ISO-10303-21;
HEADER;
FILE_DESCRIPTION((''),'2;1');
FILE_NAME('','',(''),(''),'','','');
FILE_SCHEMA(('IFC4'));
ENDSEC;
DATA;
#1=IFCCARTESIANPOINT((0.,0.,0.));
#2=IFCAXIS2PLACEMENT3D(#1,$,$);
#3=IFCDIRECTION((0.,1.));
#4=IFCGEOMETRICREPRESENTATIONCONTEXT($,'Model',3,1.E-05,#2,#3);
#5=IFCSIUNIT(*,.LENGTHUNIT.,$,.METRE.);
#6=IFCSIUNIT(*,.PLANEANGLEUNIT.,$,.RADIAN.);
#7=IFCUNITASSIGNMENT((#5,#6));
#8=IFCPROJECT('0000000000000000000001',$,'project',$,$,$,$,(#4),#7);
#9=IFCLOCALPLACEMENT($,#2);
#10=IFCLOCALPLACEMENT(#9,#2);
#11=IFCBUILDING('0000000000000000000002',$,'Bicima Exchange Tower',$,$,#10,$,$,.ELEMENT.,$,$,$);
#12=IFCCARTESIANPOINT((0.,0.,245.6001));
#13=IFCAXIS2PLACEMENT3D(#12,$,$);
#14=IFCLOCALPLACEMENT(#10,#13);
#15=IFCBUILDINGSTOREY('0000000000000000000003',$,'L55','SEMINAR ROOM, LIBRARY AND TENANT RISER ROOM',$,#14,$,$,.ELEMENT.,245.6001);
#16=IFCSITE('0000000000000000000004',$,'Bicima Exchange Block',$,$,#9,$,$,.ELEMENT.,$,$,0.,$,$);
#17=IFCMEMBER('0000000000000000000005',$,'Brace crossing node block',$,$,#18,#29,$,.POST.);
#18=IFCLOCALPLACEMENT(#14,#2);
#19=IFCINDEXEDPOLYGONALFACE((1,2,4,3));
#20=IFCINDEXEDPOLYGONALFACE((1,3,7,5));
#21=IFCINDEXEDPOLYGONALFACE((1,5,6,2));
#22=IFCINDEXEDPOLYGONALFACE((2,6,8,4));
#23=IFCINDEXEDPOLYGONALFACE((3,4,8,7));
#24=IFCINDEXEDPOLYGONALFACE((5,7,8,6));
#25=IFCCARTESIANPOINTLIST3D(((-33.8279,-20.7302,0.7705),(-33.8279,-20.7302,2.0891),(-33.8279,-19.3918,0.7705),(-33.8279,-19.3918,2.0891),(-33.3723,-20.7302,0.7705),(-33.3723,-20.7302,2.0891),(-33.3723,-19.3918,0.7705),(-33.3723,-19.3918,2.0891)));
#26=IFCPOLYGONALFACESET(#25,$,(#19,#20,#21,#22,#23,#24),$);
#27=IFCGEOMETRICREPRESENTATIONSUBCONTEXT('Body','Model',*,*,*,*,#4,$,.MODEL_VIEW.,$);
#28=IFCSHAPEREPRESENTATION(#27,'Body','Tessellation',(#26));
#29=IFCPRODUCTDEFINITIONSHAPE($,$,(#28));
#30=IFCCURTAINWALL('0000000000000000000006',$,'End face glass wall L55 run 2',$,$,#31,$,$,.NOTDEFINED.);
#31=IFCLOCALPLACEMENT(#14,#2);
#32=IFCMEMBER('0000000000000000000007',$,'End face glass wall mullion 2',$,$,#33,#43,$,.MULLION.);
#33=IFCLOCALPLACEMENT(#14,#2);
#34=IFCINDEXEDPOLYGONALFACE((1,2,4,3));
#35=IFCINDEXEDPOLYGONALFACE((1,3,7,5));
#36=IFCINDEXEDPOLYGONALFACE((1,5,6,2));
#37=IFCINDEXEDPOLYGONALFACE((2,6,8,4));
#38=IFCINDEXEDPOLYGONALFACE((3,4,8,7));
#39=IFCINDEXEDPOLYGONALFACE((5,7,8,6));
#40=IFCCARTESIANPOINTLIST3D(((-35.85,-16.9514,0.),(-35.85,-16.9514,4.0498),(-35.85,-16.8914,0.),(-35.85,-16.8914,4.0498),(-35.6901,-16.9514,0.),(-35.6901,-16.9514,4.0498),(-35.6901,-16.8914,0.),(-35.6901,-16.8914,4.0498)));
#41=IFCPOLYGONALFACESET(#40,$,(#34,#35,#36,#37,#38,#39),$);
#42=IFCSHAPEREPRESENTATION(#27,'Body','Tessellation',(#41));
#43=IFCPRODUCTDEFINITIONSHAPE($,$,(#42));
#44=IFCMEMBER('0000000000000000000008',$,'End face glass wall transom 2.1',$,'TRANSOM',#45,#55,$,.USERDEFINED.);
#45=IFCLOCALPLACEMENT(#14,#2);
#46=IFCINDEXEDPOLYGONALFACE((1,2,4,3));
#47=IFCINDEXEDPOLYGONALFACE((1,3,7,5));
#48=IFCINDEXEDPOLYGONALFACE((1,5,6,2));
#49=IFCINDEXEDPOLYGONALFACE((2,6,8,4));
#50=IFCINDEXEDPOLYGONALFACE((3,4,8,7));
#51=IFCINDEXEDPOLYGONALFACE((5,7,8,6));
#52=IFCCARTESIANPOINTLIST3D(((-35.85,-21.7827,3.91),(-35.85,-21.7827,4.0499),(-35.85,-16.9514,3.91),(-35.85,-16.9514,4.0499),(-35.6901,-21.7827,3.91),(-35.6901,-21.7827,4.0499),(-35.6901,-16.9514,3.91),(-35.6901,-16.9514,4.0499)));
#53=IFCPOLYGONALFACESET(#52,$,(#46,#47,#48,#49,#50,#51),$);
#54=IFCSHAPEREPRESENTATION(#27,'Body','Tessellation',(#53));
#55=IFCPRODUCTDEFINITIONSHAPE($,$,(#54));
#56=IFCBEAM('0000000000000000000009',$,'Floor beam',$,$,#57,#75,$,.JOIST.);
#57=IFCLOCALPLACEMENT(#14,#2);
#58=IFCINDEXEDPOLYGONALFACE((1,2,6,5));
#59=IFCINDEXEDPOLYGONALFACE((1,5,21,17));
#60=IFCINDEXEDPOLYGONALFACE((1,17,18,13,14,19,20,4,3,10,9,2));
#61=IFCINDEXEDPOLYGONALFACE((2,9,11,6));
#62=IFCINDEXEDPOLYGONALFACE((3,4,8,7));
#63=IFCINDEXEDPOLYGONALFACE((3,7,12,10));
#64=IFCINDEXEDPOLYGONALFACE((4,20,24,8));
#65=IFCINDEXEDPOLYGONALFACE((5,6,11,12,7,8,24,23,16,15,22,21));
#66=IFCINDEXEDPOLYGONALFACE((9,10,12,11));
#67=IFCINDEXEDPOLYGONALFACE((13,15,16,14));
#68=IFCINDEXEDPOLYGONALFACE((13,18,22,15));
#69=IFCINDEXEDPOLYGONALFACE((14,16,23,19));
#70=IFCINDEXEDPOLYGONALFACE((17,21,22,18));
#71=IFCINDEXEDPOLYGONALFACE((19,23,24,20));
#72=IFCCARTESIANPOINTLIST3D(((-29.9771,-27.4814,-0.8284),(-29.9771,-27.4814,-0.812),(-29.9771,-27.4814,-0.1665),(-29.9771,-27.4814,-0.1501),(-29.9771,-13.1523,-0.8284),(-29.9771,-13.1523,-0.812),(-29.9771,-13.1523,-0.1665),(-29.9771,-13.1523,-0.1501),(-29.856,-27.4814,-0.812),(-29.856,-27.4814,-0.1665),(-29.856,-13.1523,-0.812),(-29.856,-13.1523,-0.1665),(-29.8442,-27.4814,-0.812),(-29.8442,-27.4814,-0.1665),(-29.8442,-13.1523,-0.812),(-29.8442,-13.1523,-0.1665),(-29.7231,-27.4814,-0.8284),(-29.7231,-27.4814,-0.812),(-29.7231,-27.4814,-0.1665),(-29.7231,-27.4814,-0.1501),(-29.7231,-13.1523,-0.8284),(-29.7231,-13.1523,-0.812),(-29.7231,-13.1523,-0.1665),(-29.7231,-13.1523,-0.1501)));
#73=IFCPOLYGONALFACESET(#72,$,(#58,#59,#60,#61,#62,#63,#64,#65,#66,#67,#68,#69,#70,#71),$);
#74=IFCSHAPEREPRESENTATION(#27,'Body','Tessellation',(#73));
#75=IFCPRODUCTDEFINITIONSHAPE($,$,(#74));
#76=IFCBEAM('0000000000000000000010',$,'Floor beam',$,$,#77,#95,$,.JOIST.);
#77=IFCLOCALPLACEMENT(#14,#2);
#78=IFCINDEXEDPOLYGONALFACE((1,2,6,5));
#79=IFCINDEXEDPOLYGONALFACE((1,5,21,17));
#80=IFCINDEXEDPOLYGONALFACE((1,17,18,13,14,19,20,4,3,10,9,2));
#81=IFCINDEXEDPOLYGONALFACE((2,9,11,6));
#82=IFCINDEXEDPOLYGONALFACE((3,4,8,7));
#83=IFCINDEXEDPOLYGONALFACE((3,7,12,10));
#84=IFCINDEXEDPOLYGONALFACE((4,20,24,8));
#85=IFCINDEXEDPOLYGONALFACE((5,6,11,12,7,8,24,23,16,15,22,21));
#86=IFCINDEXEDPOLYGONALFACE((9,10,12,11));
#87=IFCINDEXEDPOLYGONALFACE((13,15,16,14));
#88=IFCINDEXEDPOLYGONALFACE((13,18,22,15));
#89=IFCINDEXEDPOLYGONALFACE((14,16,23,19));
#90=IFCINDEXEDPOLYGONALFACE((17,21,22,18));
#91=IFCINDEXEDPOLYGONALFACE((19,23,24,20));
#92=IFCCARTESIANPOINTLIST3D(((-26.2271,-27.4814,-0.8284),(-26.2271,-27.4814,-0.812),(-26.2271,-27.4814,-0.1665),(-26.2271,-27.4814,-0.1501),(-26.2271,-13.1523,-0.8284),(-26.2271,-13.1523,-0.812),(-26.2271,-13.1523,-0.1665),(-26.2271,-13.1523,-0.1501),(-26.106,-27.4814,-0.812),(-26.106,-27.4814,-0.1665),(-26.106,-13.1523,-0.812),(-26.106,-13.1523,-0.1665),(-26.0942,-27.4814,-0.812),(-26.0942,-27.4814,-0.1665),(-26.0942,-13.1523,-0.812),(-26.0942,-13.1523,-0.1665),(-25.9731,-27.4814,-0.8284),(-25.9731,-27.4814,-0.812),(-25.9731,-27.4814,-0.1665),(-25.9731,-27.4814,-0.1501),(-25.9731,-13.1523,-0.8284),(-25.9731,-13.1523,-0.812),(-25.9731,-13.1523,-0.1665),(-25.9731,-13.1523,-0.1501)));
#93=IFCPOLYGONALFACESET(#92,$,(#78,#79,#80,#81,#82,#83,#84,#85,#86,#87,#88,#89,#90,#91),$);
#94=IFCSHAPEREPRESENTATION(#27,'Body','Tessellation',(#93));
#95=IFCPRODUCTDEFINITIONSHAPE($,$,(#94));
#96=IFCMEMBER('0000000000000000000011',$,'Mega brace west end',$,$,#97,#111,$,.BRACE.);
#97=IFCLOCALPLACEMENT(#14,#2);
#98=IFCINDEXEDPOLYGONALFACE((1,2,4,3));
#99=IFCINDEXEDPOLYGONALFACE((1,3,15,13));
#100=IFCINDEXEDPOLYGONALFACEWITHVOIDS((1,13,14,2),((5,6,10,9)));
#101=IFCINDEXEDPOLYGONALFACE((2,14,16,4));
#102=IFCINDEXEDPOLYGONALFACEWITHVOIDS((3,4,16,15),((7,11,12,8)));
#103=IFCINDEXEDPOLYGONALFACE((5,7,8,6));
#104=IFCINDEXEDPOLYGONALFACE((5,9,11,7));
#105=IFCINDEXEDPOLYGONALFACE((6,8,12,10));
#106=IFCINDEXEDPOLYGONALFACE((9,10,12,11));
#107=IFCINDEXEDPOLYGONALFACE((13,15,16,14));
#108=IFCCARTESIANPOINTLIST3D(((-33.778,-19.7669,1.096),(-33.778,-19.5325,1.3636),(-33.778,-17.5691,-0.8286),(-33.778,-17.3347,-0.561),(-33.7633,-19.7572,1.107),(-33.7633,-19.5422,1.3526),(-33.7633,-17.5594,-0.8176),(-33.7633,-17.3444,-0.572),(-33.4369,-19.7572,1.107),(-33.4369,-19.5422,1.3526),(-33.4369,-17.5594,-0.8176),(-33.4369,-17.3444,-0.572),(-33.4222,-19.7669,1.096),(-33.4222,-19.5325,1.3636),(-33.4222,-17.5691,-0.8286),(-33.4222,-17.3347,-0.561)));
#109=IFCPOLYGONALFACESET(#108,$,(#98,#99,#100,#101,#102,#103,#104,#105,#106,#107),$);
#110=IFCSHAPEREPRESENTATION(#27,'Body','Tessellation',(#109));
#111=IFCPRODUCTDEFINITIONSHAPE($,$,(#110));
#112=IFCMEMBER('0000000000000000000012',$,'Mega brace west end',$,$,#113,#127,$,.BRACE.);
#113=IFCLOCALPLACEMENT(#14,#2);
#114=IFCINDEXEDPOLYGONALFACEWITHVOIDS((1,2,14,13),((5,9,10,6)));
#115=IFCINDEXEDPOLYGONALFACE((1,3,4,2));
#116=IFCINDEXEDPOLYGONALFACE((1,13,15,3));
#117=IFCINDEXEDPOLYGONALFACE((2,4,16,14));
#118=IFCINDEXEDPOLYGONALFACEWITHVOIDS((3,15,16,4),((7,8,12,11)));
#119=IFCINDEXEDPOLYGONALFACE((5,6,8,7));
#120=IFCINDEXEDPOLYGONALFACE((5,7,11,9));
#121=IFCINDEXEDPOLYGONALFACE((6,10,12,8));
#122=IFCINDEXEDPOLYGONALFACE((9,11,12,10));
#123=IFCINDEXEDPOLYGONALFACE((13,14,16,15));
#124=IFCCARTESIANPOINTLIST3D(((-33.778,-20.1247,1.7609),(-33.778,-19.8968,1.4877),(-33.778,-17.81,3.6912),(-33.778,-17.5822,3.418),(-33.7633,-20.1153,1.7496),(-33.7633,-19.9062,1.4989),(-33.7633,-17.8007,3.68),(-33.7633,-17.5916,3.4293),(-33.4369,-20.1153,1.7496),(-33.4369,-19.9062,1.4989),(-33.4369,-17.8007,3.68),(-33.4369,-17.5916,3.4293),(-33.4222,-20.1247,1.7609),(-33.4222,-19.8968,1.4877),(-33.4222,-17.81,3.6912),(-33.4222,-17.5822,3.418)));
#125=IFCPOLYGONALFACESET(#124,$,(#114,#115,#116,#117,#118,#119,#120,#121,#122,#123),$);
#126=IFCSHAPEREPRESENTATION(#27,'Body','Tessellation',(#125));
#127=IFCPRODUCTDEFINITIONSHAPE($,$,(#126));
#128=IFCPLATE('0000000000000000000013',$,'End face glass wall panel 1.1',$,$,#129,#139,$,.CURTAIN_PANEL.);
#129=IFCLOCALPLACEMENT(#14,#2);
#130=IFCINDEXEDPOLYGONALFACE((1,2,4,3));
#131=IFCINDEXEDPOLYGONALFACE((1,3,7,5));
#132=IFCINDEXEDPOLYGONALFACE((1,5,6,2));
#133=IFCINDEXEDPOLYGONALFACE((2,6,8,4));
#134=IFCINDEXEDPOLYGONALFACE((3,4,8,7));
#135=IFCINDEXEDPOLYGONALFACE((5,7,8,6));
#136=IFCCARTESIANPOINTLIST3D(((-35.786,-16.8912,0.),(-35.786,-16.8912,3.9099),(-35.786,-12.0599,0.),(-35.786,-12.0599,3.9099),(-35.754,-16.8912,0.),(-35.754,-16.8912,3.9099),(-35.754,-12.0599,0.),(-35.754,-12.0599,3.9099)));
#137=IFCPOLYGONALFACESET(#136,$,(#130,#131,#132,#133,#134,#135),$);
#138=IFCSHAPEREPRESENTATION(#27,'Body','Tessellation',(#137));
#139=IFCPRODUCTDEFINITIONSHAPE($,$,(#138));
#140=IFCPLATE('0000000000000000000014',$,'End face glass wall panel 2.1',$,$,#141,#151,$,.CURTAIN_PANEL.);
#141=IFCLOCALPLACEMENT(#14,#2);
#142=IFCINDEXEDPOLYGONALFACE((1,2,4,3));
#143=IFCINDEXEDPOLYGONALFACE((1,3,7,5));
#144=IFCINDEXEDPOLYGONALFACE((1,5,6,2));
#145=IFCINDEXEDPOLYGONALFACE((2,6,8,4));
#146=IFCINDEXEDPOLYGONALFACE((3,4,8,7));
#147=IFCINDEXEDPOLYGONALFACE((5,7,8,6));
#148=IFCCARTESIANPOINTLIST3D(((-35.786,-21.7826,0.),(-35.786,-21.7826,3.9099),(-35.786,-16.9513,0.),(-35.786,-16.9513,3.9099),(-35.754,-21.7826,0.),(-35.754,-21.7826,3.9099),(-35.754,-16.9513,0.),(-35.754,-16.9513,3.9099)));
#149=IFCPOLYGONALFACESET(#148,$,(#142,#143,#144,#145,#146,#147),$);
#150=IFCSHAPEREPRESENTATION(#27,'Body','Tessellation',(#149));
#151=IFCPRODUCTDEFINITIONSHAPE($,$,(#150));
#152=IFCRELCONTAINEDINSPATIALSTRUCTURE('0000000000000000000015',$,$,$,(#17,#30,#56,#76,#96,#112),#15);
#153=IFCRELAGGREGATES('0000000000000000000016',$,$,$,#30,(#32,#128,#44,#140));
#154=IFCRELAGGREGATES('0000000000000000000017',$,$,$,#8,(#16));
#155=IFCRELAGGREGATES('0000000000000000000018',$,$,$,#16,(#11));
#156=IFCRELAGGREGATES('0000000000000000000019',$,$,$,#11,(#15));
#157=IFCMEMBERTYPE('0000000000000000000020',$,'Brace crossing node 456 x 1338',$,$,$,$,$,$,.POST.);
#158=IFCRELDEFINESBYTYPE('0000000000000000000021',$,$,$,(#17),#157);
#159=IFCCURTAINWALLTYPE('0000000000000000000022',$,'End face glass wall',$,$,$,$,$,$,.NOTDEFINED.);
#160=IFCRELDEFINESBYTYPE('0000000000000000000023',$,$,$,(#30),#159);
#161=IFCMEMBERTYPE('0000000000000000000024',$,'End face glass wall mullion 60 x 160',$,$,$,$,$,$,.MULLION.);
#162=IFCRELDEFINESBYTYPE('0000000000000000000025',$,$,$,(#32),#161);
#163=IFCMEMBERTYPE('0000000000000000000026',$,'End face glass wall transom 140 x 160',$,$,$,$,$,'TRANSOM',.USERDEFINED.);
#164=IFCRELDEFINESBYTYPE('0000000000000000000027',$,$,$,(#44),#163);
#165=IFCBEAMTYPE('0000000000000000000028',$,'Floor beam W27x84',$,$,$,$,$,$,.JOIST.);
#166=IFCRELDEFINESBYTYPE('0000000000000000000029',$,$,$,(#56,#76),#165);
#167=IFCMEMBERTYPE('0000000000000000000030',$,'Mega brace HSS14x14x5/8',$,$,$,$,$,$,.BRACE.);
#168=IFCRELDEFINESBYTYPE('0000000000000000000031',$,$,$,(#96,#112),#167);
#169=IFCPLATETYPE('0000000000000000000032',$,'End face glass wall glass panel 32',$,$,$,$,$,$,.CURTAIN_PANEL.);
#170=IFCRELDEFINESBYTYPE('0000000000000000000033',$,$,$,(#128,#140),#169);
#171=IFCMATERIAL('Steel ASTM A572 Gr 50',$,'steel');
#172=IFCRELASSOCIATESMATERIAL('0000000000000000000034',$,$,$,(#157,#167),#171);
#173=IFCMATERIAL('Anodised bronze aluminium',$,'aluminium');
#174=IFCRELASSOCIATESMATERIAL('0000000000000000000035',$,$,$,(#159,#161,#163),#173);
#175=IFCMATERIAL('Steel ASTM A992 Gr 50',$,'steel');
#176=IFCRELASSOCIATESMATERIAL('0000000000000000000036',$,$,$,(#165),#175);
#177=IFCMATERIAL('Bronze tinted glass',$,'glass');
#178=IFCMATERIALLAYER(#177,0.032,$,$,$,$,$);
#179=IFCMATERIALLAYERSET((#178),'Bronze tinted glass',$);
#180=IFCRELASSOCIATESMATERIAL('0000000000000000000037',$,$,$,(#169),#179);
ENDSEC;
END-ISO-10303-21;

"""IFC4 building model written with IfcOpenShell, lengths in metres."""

from ifc_helpers import new_model, si_unit, direction, frame, origin, origin_2d, place, context, subcontext, project, spatial, rectangle, hollow_rectangle, i_section, extrude, material, layer, layer_set, material_profile, profile_set, type_object, element, aggregate, save


model = new_model("IFC4")

# Units and contexts
model_context = context("Model", 3, precision=1e-05, world=origin(), true_north=direction((0.0, 1.0)))
body_context = subcontext(model_context, "Body", "Model", "MODEL_VIEW")
ifc_project = project(units=[si_unit("LENGTHUNIT", "METRE"), si_unit("PLANEANGLEUNIT", "RADIAN")], contexts=[model_context])

# Site, building, storey
site_placement = place(None, origin())
site = spatial("IfcSite", under=ifc_project, at=site_placement, Name="Bicima Exchange Block", CompositionType="ELEMENT", RefElevation=0.0)
building_placement = place(site_placement, origin())
building = spatial("IfcBuilding", under=site, at=building_placement, Name="Bicima Exchange Tower", CompositionType="ELEMENT")
storey_placement = place(building_placement, frame((0.0, 0.0, 245.6001)))
storey = spatial("IfcBuildingStorey", under=building, at=storey_placement, Name="L55", Description="SEMINAR ROOM, LIBRARY AND TENANT RISER ROOM", CompositionType="ELEMENT", Elevation=245.6001)

# Member
ifc_material_1 = material(Name="Steel ASTM A572 Gr 50", Category="steel")
ifc_material_profile_1 = material_profile(ifc_material_1, rectangle(XDim=0.4556, YDim=1.3384, at=origin_2d()))
ifc_profile_set_1 = profile_set([ifc_material_profile_1], Name="Steel ASTM A572 Gr 50")
member_type_1 = type_object("IfcMemberType", Name="Brace crossing node 456 x 1338", PredefinedType="POST", material=ifc_profile_set_1)
member_1_placement = place(storey_placement, frame((-33.6001, -20.061, 0.7705), z_axis=(0.0, 0.0, 1.0), x_axis=(1.0, 0.0, 0.0)))
element("IfcMember", 1, at=member_1_placement, inside=storey, type_object=member_type_1, Name="Brace crossing node block", PredefinedType="POST", context=body_context, shape_type="SweptSolid", body=[
    extrude(rectangle(XDim=0.4556, YDim=1.3384, at=origin_2d()), origin(), (0.0, 0.0, 1.0), 1.3186),
])

# Curtain wall, members
ifc_material_2 = material(Name="Anodised bronze aluminium", Category="aluminium")
curtain_wall_type = type_object("IfcCurtainWallType", Name="End face glass wall", PredefinedType="NOTDEFINED", material=ifc_material_2)
curtain_wall_placement = place(storey_placement, origin())
curtain_wall = element("IfcCurtainWall", 2, at=curtain_wall_placement, inside=storey, type_object=curtain_wall_type, Name="End face glass wall L55 run 2", PredefinedType="NOTDEFINED")
ifc_material_profile_2 = material_profile(ifc_material_2, rectangle(XDim=0.1599, YDim=0.0601, at=origin_2d()))
ifc_profile_set_2 = profile_set([ifc_material_profile_2], Name="Anodised bronze aluminium")
member_type_2 = type_object("IfcMemberType", Name="End face glass wall mullion 60 x 160", PredefinedType="MULLION", material=ifc_profile_set_2)
member_2_placement = place(storey_placement, frame((-35.77, -16.9214, 0.0), z_axis=(0.0, 0.0, 1.0), x_axis=(1.0, 0.0, 0.0)))
member_2 = element("IfcMember", 3, at=member_2_placement, type_object=member_type_2, Name="End face glass wall mullion 2", PredefinedType="MULLION", context=body_context, shape_type="SweptSolid", body=[
    extrude(rectangle(XDim=0.1599, YDim=0.0601, at=origin_2d()), origin(), (0.0, 0.0, 1.0), 4.0498),
])
ifc_material_profile_3 = material_profile(ifc_material_2, rectangle(XDim=0.1599, YDim=0.1399, at=origin_2d()))
ifc_profile_set_3 = profile_set([ifc_material_profile_3], Name="Anodised bronze aluminium")
member_type_3 = type_object("IfcMemberType", Name="End face glass wall transom 140 x 160", ElementType="TRANSOM", PredefinedType="USERDEFINED", material=ifc_profile_set_3)
member_3_placement = place(storey_placement, frame((-35.77, -16.9514, 3.98), z_axis=(0.0, -1.0, 0.0), x_axis=(1.0, 0.0, 0.0)))
member_3 = element("IfcMember", 4, at=member_3_placement, type_object=member_type_3, Name="End face glass wall transom 2.1", ObjectType="TRANSOM", PredefinedType="USERDEFINED", context=body_context, shape_type="SweptSolid", body=[
    extrude(rectangle(XDim=0.1599, YDim=0.1399, at=origin_2d()), origin(), (0.0, 0.0, 1.0), 4.8313),
])

# Beams
ifc_material_3 = material(Name="Steel ASTM A992 Gr 50", Category="steel")
ifc_material_profile_4 = material_profile(ifc_material_3, i_section(OverallWidth=0.2539, OverallDepth=0.6782, WebThickness=0.0117, FlangeThickness=0.0164, at=origin_2d()))
ifc_profile_set_4 = profile_set([ifc_material_profile_4], Name="Steel ASTM A992 Gr 50")
beam_type = type_object("IfcBeamType", Name="Floor beam W27x84", PredefinedType="JOIST", material=ifc_profile_set_4)
for number, where, z_axis, x_axis, name in (
    (5, (-29.8501, -13.1523, -0.4893), (0.0, -1.0, 0.0), (1.0, 0.0, 0.0), "Floor beam"),
    (6, (-26.1001, -13.1523, -0.4893), (0.0, -1.0, 0.0), (1.0, 0.0, 0.0), "Floor beam"),
):
    element("IfcBeam", number, at=place(storey_placement, frame(where, z_axis=z_axis, x_axis=x_axis)), inside=storey, type_object=beam_type, Name=name, PredefinedType="JOIST", context=body_context, shape_type="SweptSolid", body=[
        extrude(i_section(OverallWidth=0.2539, OverallDepth=0.6782, WebThickness=0.0117, FlangeThickness=0.0164, at=origin_2d()), origin(), (0.0, 0.0, 1.0), 14.3291),
    ])

# Members
ifc_material_profile_5 = material_profile(ifc_material_1, hollow_rectangle(XDim=0.3557, YDim=0.3557, WallThickness=0.0146, at=origin_2d()))
ifc_profile_set_5 = profile_set([ifc_material_profile_5], Name="Steel ASTM A572 Gr 50")
member_type_4 = type_object("IfcMemberType", Name="Mega brace HSS14x14x5/8", PredefinedType="BRACE", material=ifc_profile_set_5)
member_4_placement = place(storey_placement, frame((-33.6001, -17.4519, -0.6948), z_axis=(0.0, -0.752318, 0.6588), x_axis=(1.0, 0.0, 0.0)))
element("IfcMember", 7, at=member_4_placement, inside=storey, type_object=member_type_4, Name="Mega brace west end", PredefinedType="BRACE", context=body_context, shape_type="SweptSolid", body=[
    extrude(hollow_rectangle(XDim=0.3557, YDim=0.3557, WallThickness=0.0146, at=origin_2d()), origin(), (0.0, 0.0, 1.0), 2.9214),
])
member_5_placement = place(storey_placement, frame((-33.6001, -20.0107, 1.6243), z_axis=(0.0, 0.767976, 0.640479), x_axis=(-1.0, 0.0, 0.0)))
element("IfcMember", 8, at=member_5_placement, inside=storey, type_object=member_type_4, Name="Mega brace west end", PredefinedType="BRACE", context=body_context, shape_type="SweptSolid", body=[
    extrude(hollow_rectangle(XDim=0.3557, YDim=0.3557, WallThickness=0.0146, at=origin_2d()), origin(), (0.0, 0.0, 1.0), 3.0139),
])

# Plates
ifc_material_4 = material(Name="Bronze tinted glass", Category="glass")
ifc_layer_1 = layer(ifc_material_4, 0.032)
ifc_layer_set_1 = layer_set([ifc_layer_1], Name="Bronze tinted glass")
plate_type = type_object("IfcPlateType", Name="End face glass wall glass panel 32", PredefinedType="CURTAIN_PANEL", material=ifc_layer_set_1)
plate_1_placement = place(storey_placement, frame((-35.77, -14.4756, 0.0), z_axis=(0.0, 0.0, 1.0), x_axis=(0.0, -1.0, 0.0)))
plate_1 = element("IfcPlate", 9, at=plate_1_placement, type_object=plate_type, Name="End face glass wall panel 1.1", PredefinedType="CURTAIN_PANEL", context=body_context, shape_type="SweptSolid", body=[
    extrude(rectangle(XDim=4.8313, YDim=0.032, at=origin_2d()), origin(), (0.0, 0.0, 1.0), 3.9099),
])
plate_2_placement = place(storey_placement, frame((-35.77, -19.3669, 0.0), z_axis=(0.0, 0.0, 1.0), x_axis=(0.0, -1.0, 0.0)))
plate_2 = element("IfcPlate", 10, at=plate_2_placement, type_object=plate_type, Name="End face glass wall panel 2.1", PredefinedType="CURTAIN_PANEL", context=body_context, shape_type="SweptSolid", body=[
    extrude(rectangle(XDim=4.8313, YDim=0.032, at=origin_2d()), origin(), (0.0, 0.0, 1.0), 3.9099),
])
aggregate(curtain_wall, [member_2, plate_1, member_3, plate_2])

save(model, "model.ifc")
